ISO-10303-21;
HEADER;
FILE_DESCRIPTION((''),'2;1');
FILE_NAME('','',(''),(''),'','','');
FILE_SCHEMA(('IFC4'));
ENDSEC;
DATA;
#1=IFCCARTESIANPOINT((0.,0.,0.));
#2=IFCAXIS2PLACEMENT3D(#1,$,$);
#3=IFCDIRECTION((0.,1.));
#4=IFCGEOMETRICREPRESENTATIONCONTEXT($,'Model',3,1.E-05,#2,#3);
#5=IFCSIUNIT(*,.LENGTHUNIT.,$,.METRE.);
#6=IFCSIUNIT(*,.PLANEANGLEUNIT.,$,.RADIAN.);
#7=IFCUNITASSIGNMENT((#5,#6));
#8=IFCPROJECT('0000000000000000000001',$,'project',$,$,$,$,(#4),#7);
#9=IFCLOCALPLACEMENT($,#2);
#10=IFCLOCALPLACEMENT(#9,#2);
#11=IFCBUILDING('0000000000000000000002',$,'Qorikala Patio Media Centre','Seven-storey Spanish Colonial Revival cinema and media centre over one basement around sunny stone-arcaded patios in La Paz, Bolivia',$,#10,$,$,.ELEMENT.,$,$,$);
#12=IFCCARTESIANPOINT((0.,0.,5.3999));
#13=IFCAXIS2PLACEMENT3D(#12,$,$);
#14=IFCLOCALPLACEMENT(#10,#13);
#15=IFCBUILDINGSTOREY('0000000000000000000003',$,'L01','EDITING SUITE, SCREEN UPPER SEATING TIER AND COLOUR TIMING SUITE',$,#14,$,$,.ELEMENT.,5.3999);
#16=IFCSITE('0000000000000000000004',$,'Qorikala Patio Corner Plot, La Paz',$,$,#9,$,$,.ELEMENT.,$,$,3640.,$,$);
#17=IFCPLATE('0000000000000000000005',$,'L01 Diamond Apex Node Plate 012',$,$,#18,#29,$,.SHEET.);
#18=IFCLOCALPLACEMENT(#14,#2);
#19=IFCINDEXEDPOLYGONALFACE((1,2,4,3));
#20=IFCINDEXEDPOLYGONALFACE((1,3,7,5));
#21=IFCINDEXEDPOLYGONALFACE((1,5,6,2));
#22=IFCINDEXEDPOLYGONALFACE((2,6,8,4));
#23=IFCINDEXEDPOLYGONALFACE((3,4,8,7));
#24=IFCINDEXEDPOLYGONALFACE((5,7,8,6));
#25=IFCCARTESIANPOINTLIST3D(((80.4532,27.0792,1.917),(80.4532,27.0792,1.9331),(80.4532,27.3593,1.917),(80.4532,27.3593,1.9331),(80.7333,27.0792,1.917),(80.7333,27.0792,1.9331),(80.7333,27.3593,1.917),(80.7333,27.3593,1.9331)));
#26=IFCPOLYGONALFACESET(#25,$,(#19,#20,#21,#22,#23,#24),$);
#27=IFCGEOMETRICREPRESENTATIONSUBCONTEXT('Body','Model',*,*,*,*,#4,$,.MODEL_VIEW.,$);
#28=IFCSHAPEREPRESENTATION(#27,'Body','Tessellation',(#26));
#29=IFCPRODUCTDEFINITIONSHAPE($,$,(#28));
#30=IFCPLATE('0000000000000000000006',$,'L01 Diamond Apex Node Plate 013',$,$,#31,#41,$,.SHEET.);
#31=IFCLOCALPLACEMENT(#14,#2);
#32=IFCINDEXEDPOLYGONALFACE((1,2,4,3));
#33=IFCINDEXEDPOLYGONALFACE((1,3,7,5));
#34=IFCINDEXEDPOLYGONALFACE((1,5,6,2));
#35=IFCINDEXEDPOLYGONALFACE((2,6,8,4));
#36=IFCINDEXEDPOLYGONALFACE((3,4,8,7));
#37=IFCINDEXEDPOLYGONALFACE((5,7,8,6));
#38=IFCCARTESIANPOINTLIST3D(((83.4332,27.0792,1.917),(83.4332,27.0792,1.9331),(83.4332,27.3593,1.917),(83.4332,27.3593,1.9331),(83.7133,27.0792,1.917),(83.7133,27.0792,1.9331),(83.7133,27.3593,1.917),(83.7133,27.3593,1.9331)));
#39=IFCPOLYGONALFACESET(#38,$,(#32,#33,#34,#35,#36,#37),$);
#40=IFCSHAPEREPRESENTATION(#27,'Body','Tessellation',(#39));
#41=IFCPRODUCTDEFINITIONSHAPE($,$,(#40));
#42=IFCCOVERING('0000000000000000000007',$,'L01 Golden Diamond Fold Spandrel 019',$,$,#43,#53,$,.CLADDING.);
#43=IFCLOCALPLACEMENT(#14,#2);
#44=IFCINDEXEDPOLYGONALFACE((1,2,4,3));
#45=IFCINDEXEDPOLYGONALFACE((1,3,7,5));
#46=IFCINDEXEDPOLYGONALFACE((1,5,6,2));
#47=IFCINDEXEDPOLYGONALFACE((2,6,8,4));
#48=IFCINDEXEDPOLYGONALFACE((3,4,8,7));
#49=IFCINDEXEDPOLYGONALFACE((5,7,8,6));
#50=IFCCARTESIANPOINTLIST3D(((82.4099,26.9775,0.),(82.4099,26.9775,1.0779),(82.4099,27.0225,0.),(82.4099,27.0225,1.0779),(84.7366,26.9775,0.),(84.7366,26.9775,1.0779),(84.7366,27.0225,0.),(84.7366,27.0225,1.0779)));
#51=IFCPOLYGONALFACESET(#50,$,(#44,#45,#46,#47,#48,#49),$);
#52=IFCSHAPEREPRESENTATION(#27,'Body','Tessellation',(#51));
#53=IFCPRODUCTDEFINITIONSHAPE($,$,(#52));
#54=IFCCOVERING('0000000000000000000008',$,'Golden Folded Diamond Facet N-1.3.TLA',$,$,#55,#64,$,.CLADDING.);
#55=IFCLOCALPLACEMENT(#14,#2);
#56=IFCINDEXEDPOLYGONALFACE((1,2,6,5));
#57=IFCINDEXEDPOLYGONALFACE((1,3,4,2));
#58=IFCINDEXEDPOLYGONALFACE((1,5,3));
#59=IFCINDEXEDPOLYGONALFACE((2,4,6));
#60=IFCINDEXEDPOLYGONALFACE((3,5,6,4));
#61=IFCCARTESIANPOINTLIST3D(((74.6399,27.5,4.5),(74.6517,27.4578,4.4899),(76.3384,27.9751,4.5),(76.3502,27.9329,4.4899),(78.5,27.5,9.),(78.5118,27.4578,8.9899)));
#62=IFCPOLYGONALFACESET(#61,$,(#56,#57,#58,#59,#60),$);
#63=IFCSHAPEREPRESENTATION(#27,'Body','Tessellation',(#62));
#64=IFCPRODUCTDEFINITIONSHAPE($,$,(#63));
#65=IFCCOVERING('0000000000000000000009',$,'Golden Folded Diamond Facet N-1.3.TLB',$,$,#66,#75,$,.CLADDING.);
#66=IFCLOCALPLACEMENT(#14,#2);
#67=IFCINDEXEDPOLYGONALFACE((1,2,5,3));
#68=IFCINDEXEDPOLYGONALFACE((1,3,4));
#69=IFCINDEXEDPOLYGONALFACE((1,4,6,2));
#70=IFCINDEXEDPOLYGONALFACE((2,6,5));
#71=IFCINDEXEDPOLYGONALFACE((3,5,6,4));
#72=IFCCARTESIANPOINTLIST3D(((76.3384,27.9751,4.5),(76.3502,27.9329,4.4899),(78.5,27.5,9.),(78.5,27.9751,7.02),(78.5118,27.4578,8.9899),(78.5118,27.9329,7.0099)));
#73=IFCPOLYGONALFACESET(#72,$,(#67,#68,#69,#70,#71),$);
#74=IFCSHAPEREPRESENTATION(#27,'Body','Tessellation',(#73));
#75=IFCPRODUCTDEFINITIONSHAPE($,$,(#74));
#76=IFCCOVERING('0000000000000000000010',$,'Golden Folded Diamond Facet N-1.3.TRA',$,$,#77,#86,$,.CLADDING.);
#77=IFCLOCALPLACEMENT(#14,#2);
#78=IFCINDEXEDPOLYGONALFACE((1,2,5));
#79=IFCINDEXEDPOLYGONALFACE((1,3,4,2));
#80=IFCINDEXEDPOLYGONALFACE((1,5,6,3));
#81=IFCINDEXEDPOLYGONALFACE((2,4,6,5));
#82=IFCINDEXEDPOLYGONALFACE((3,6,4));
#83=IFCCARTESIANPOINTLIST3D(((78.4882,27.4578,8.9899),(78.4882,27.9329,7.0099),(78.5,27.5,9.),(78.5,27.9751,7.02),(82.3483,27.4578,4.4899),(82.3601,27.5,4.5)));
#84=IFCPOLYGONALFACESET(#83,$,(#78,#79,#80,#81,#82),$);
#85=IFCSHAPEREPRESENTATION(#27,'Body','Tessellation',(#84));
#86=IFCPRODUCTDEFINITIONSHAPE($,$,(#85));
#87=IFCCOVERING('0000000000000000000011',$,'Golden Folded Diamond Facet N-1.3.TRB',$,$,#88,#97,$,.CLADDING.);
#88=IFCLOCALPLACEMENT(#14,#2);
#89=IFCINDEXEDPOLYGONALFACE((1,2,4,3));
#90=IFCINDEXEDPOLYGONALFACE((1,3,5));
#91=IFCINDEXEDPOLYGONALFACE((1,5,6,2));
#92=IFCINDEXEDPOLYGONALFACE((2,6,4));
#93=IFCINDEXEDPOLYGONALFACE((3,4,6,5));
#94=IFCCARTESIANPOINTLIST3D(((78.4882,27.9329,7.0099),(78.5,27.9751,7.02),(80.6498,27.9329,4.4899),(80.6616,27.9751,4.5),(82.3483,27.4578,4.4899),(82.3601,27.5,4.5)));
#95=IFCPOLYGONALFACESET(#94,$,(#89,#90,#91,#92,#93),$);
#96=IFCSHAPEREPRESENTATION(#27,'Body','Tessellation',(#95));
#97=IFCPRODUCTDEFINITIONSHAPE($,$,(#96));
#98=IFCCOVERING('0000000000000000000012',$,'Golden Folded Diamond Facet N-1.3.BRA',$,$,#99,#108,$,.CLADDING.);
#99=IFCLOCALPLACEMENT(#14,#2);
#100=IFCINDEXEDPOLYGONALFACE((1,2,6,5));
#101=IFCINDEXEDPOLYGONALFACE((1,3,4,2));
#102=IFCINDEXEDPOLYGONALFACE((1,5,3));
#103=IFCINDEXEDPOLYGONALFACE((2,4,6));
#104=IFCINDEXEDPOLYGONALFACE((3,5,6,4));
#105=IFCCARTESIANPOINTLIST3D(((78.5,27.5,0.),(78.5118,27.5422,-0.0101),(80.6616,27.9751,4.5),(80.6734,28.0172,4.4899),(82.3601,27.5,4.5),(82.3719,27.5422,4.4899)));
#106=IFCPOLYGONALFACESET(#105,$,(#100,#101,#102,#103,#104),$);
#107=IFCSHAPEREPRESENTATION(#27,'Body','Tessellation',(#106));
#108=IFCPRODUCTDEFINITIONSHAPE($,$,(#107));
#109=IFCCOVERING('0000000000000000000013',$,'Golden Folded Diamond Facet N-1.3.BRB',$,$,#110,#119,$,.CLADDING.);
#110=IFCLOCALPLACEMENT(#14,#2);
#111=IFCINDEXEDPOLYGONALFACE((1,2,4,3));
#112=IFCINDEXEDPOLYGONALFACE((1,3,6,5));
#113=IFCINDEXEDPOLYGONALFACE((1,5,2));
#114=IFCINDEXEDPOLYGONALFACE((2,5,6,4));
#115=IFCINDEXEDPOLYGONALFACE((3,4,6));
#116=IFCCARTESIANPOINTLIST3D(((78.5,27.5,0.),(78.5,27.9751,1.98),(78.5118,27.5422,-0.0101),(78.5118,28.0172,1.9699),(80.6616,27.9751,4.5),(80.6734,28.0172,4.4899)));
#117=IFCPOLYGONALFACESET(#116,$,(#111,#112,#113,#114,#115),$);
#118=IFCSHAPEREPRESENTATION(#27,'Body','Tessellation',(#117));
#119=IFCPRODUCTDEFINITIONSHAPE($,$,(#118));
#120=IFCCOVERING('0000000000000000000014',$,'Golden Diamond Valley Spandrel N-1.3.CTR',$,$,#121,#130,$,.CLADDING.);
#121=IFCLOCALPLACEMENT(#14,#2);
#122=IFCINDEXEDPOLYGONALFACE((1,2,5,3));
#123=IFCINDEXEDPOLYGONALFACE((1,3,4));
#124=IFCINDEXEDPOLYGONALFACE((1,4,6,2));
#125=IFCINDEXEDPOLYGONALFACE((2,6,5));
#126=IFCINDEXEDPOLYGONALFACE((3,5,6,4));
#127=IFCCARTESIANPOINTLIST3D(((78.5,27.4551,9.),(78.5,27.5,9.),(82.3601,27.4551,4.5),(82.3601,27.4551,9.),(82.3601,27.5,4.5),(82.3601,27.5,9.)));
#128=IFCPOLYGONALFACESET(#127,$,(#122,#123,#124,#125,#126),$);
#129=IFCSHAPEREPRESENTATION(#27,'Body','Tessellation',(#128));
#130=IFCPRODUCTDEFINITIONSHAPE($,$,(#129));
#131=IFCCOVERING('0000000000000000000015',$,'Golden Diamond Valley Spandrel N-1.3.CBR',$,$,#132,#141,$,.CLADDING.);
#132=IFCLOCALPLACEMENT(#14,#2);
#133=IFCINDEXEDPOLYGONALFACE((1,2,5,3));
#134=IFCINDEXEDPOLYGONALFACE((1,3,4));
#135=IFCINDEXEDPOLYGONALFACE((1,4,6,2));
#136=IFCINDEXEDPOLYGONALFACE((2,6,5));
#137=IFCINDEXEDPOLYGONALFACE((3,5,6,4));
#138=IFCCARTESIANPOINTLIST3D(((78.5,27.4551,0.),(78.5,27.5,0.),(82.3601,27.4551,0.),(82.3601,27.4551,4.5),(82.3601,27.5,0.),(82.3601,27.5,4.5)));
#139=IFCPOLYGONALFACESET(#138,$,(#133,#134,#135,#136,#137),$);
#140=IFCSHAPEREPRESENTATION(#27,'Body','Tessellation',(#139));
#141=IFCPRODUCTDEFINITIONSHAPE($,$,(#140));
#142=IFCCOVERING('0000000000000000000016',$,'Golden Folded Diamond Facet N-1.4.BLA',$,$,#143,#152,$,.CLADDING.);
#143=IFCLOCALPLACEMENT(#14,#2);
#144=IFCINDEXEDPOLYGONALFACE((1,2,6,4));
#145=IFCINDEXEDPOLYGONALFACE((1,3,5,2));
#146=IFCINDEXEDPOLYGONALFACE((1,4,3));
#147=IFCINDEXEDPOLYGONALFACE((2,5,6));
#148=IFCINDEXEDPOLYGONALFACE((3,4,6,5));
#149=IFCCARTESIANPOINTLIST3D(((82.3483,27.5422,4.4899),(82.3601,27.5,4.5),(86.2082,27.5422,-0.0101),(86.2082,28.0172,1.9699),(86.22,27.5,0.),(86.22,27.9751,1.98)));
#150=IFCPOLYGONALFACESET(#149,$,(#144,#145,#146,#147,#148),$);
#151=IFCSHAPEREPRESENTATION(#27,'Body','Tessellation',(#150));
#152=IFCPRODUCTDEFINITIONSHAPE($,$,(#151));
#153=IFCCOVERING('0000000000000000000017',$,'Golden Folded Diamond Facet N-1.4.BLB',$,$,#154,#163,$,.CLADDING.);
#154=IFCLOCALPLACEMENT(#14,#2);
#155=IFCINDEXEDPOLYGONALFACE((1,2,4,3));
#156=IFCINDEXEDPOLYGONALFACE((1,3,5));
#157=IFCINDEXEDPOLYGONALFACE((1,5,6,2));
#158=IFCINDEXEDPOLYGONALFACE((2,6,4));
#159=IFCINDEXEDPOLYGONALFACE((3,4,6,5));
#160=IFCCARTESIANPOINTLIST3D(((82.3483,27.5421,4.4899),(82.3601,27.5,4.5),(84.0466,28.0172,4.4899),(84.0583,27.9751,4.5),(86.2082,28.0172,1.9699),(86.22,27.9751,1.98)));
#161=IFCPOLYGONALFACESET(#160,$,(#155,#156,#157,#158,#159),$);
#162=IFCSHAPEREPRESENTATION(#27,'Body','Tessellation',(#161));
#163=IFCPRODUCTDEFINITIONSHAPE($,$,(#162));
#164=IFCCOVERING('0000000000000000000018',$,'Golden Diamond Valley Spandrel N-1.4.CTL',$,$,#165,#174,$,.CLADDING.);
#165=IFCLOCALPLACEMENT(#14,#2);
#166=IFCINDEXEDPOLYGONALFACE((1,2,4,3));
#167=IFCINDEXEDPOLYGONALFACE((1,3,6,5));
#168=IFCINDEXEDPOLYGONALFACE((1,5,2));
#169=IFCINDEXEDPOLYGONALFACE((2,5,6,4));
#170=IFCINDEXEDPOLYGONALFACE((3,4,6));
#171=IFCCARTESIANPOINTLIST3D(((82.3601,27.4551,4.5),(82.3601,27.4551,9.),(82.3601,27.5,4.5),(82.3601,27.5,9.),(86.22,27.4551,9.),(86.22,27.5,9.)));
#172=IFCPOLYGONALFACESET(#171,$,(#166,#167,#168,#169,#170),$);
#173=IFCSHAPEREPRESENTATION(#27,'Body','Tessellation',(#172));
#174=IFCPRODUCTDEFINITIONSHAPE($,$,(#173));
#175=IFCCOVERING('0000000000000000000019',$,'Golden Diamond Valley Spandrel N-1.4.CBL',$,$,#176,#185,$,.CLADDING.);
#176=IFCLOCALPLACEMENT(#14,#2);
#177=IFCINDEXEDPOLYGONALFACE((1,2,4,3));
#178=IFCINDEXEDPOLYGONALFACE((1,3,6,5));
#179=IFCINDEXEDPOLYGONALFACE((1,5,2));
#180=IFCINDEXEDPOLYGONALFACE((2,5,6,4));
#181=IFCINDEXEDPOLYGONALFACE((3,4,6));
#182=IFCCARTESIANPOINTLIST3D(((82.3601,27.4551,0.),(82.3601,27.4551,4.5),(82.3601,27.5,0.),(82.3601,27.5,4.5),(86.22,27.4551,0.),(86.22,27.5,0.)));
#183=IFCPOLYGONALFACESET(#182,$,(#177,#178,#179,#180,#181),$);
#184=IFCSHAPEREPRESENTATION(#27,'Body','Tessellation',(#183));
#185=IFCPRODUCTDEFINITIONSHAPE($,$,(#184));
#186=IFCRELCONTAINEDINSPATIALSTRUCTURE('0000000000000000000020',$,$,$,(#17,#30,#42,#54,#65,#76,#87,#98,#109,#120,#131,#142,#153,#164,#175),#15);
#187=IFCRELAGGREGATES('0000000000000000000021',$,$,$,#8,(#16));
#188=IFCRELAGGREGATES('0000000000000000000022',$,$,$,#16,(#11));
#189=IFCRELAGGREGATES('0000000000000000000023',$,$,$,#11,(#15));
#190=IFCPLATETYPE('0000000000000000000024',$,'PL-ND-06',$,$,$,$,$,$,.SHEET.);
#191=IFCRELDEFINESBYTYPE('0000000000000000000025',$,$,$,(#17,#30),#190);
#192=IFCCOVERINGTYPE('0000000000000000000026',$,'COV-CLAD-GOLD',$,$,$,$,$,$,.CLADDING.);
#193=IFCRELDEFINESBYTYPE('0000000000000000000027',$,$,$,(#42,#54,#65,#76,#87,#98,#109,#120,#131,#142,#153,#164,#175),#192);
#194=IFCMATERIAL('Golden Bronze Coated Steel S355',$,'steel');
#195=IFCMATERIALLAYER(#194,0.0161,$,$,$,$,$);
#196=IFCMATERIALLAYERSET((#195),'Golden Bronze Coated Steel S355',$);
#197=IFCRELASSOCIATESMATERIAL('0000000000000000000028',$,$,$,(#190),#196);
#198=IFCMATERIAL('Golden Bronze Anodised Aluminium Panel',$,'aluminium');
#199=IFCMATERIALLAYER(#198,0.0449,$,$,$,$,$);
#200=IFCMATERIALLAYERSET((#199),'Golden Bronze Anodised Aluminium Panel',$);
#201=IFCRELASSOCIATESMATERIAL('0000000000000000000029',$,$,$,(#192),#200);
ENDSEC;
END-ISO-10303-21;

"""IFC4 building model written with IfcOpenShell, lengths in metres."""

from ifc_helpers import new_model, si_unit, direction, frame, origin, origin_2d, place, context, subcontext, project, spatial, polyline, rectangle, outline, extrude, material, layer, layer_set, type_object, element, save


model = new_model("IFC4")

# Units and contexts
model_context = context("Model", 3, precision=1e-05, world=origin(), true_north=direction((0.0, 1.0)))
body_context = subcontext(model_context, "Body", "Model", "MODEL_VIEW")
ifc_project = project(units=[si_unit("LENGTHUNIT", "METRE"), si_unit("PLANEANGLEUNIT", "RADIAN")], contexts=[model_context])

# Site, building, storey
site_placement = place(None, origin())
site = spatial("IfcSite", under=ifc_project, at=site_placement, Name="Qorikala Patio Corner Plot, La Paz", CompositionType="ELEMENT", RefElevation=3640.0)
building_placement = place(site_placement, origin())
building = spatial("IfcBuilding", under=site, at=building_placement, Name="Qorikala Patio Media Centre", Description="Seven-storey Spanish Colonial Revival cinema and media centre over one basement around sunny stone-arcaded patios in La Paz, Bolivia", CompositionType="ELEMENT")
storey_placement = place(building_placement, frame((0.0, 0.0, 5.3999)))
storey = spatial("IfcBuildingStorey", under=building, at=storey_placement, Name="L01", Description="EDITING SUITE, SCREEN UPPER SEATING TIER AND COLOUR TIMING SUITE", CompositionType="ELEMENT", Elevation=5.3999)

# Shared definitions
ifc_material_1 = material(Name="Golden Bronze Coated Steel S355", Category="steel")

# Plates
ifc_layer_1 = layer(ifc_material_1, 0.0161)
ifc_layer_set_1 = layer_set([ifc_layer_1], Name="Golden Bronze Coated Steel S355")
plate_type_1 = type_object("IfcPlateType", Name="PL-ND-06", PredefinedType="SHEET", material=ifc_layer_set_1)
for number, where, z_axis, x_axis, name in (
    (1, (80.5933, 27.2192, 1.917), (0.0, 0.0, 1.0), (1.0, 0.0, 0.0), "L01 Diamond Apex Node Plate 012"),
    (2, (83.5732, 27.2192, 1.917), (0.0, 0.0, 1.0), (1.0, 0.0, 0.0), "L01 Diamond Apex Node Plate 013"),
):
    element("IfcPlate", number, at=place(storey_placement, frame(where, z_axis=z_axis, x_axis=x_axis)), inside=storey, type_object=plate_type_1, Name=name, PredefinedType="SHEET", context=body_context, shape_type="SweptSolid", body=[
        extrude(rectangle(XDim=0.28, YDim=0.28, at=origin_2d()), origin(), (0.0, 0.0, 1.0), 0.0161),
    ])

# Coverings
ifc_material_2 = material(Name="Golden Bronze Anodised Aluminium Panel", Category="aluminium")
ifc_layer_2 = layer(ifc_material_2, 0.0449)
ifc_layer_set_2 = layer_set([ifc_layer_2], Name="Golden Bronze Anodised Aluminium Panel")
covering_type = type_object("IfcCoveringType", Name="COV-CLAD-GOLD", PredefinedType="CLADDING", material=ifc_layer_set_2)
covering_1_placement = place(storey_placement, frame((83.5732, 27.0, 0.0), z_axis=(0.0, 0.0, 1.0), x_axis=(1.0, 0.0, 0.0)))
element("IfcCovering", 3, at=covering_1_placement, inside=storey, type_object=covering_type, Name="L01 Golden Diamond Fold Spandrel 019", PredefinedType="CLADDING", context=body_context, shape_type="SweptSolid", body=[
    extrude(rectangle(XDim=2.3267, YDim=0.0449, at=origin_2d()), origin(), (0.0, 0.0, 1.0), 1.0779),
])
covering_2_placement = place(storey_placement, frame((78.5, 27.5, 9.0), z_axis=(-0.262462, 0.93831, 0.225141), x_axis=(-0.65108, 0.0, -0.759009)))
element("IfcCovering", 4, at=covering_2_placement, inside=storey, type_object=covering_type, Name="Golden Folded Diamond Facet N-1.3.TLA", PredefinedType="CLADDING", context=body_context, shape_type="SweptSolid", body=[
    extrude(outline(polyline([(0.0, 0.0), (5.9288, 0.0), (4.8229, -1.3739), (0.0, 0.0)])), origin(), (0.0, 0.0, -1.0), 0.0449),
])
covering_3_placement = place(storey_placement, frame((78.5, 27.5, 9.0), z_axis=(-0.262476, 0.938304, 0.225147), x_axis=(-0.431047, 0.094739, -0.897342)))
element("IfcCovering", 5, at=covering_3_placement, inside=storey, type_object=covering_type, Name="Golden Folded Diamond Facet N-1.3.TLB", PredefinedType="CLADDING", context=body_context, shape_type="SweptSolid", body=[
    extrude(outline(polyline([(0.0, 0.0), (5.0148, 0.0), (1.8217, -0.9096), (0.0, 0.0)])), origin(), (0.0, 0.0, -1.0), 0.0449),
])
covering_4_placement = place(storey_placement, frame((82.3601, 27.5, 4.5), z_axis=(0.26247, 0.938306, 0.225147), x_axis=(-0.65108, 0.0, 0.759009)))
element("IfcCovering", 6, at=covering_4_placement, inside=storey, type_object=covering_type, Name="Golden Folded Diamond Facet N-1.3.TRA", PredefinedType="CLADDING", context=body_context, shape_type="SweptSolid", body=[
    extrude(outline(polyline([(0.0, 0.0), (5.9288, 0.0), (4.426, -1.3739), (0.0, 0.0)])), origin(), (0.0, 0.0, -1.0), 0.0449),
])
covering_5_placement = place(storey_placement, frame((82.3601, 27.5, 4.5), z_axis=(0.262463, 0.938311, 0.225135), x_axis=(-0.832945, 0.102518, 0.543777)))
element("IfcCovering", 7, at=covering_5_placement, inside=storey, type_object=covering_type, Name="Golden Folded Diamond Facet N-1.3.TRB", PredefinedType="CLADDING", context=body_context, shape_type="SweptSolid", body=[
    extrude(outline(polyline([(0.0, 0.0), (4.6343, 0.0), (1.4635, -0.9843), (0.0, 0.0)])), origin(), (0.0, 0.0, -1.0), 0.0449),
])
covering_6_placement = place(storey_placement, frame((78.5, 27.5, 0.0), z_axis=(-0.262462, -0.93831, 0.225141), x_axis=(0.65108, 0.0, 0.759009)))
element("IfcCovering", 8, at=covering_6_placement, inside=storey, type_object=covering_type, Name="Golden Folded Diamond Facet N-1.3.BRA", PredefinedType="CLADDING", context=body_context, shape_type="SweptSolid", body=[
    extrude(outline(polyline([(0.0, 0.0), (5.9288, 0.0), (4.8229, 1.3739), (0.0, 0.0)])), origin(), (0.0, 0.0, -1.0), 0.0449),
])
covering_7_placement = place(storey_placement, frame((78.5, 27.5, 0.0), z_axis=(-0.262476, -0.938304, 0.225147), x_axis=(0.431047, 0.094739, 0.897342)))
element("IfcCovering", 9, at=covering_7_placement, inside=storey, type_object=covering_type, Name="Golden Folded Diamond Facet N-1.3.BRB", PredefinedType="CLADDING", context=body_context, shape_type="SweptSolid", body=[
    extrude(outline(polyline([(0.0, 0.0), (5.0148, 0.0), (1.8217, 0.9096), (0.0, 0.0)])), origin(), (0.0, 0.0, -1.0), 0.0449),
])
covering_8_placement = place(storey_placement, frame((82.3601, 27.5, 9.0), z_axis=(0.0, 1.0, 0.0), x_axis=(0.0, 0.0, -1.0)))
element("IfcCovering", 10, at=covering_8_placement, inside=storey, type_object=covering_type, Name="Golden Diamond Valley Spandrel N-1.3.CTR", PredefinedType="CLADDING", context=body_context, shape_type="SweptSolid", body=[
    extrude(outline(polyline([(0.0, 0.0), (4.5, 0.0), (0.0, 3.8601), (0.0, 0.0)])), origin(), (0.0, 0.0, -1.0), 0.0449),
])
covering_9_placement = place(storey_placement, frame((82.3601, 27.5, 0.0), z_axis=(0.0, 1.0, 0.0), x_axis=(-1.0, 0.0, 0.0)))
element("IfcCovering", 11, at=covering_9_placement, inside=storey, type_object=covering_type, Name="Golden Diamond Valley Spandrel N-1.3.CBR", PredefinedType="CLADDING", context=body_context, shape_type="SweptSolid", body=[
    extrude(outline(polyline([(0.0, 0.0), (3.8601, 0.0), (0.0, 4.5), (0.0, 0.0)])), origin(), (0.0, 0.0, -1.0), 0.0449),
])
covering_10_placement = place(storey_placement, frame((82.3601, 27.5, 4.5), z_axis=(0.262485, -0.938302, 0.225146), x_axis=(0.651056, 0.0, -0.75903)))
element("IfcCovering", 12, at=covering_10_placement, inside=storey, type_object=covering_type, Name="Golden Folded Diamond Facet N-1.4.BLA", PredefinedType="CLADDING", context=body_context, shape_type="SweptSolid", body=[
    extrude(outline(polyline([(0.0, 0.0), (5.9286, 0.0), (4.4258, 1.3738), (0.0, 0.0)])), origin(), (0.0, 0.0, -1.0), 0.0449),
])
covering_11_placement = place(storey_placement, frame((82.3601, 27.5, 4.5), z_axis=(0.262496, -0.938295, 0.225164), x_axis=(0.832929, 0.102522, -0.543801)))
element("IfcCovering", 13, at=covering_11_placement, inside=storey, type_object=covering_type, Name="Golden Folded Diamond Facet N-1.4.BLB", PredefinedType="CLADDING", context=body_context, shape_type="SweptSolid", body=[
    extrude(outline(polyline([(0.0, 0.0), (4.6341, 0.0), (1.4632, 0.9842), (0.0, 0.0)])), origin(), (0.0, 0.0, -1.0), 0.0449),
])
covering_12_placement = place(storey_placement, frame((82.3601, 27.5, 9.0), z_axis=(0.0, 1.0, 0.0), x_axis=(1.0, 0.0, 0.0)))
element("IfcCovering", 14, at=covering_12_placement, inside=storey, type_object=covering_type, Name="Golden Diamond Valley Spandrel N-1.4.CTL", PredefinedType="CLADDING", context=body_context, shape_type="SweptSolid", body=[
    extrude(outline(polyline([(0.0, 0.0), (3.8599, 0.0), (0.0, 4.5), (0.0, 0.0)])), origin(), (0.0, 0.0, -1.0), 0.0449),
])
covering_13_placement = place(storey_placement, frame((82.3601, 27.5, 0.0), z_axis=(0.0, 1.0, 0.0), x_axis=(0.0, 0.0, 1.0)))
element("IfcCovering", 15, at=covering_13_placement, inside=storey, type_object=covering_type, Name="Golden Diamond Valley Spandrel N-1.4.CBL", PredefinedType="CLADDING", context=body_context, shape_type="SweptSolid", body=[
    extrude(outline(polyline([(0.0, 0.0), (4.5, 0.0), (0.0, 3.8599), (0.0, 0.0)])), origin(), (0.0, 0.0, -1.0), 0.0449),
])

save(model, "model.ifc")
